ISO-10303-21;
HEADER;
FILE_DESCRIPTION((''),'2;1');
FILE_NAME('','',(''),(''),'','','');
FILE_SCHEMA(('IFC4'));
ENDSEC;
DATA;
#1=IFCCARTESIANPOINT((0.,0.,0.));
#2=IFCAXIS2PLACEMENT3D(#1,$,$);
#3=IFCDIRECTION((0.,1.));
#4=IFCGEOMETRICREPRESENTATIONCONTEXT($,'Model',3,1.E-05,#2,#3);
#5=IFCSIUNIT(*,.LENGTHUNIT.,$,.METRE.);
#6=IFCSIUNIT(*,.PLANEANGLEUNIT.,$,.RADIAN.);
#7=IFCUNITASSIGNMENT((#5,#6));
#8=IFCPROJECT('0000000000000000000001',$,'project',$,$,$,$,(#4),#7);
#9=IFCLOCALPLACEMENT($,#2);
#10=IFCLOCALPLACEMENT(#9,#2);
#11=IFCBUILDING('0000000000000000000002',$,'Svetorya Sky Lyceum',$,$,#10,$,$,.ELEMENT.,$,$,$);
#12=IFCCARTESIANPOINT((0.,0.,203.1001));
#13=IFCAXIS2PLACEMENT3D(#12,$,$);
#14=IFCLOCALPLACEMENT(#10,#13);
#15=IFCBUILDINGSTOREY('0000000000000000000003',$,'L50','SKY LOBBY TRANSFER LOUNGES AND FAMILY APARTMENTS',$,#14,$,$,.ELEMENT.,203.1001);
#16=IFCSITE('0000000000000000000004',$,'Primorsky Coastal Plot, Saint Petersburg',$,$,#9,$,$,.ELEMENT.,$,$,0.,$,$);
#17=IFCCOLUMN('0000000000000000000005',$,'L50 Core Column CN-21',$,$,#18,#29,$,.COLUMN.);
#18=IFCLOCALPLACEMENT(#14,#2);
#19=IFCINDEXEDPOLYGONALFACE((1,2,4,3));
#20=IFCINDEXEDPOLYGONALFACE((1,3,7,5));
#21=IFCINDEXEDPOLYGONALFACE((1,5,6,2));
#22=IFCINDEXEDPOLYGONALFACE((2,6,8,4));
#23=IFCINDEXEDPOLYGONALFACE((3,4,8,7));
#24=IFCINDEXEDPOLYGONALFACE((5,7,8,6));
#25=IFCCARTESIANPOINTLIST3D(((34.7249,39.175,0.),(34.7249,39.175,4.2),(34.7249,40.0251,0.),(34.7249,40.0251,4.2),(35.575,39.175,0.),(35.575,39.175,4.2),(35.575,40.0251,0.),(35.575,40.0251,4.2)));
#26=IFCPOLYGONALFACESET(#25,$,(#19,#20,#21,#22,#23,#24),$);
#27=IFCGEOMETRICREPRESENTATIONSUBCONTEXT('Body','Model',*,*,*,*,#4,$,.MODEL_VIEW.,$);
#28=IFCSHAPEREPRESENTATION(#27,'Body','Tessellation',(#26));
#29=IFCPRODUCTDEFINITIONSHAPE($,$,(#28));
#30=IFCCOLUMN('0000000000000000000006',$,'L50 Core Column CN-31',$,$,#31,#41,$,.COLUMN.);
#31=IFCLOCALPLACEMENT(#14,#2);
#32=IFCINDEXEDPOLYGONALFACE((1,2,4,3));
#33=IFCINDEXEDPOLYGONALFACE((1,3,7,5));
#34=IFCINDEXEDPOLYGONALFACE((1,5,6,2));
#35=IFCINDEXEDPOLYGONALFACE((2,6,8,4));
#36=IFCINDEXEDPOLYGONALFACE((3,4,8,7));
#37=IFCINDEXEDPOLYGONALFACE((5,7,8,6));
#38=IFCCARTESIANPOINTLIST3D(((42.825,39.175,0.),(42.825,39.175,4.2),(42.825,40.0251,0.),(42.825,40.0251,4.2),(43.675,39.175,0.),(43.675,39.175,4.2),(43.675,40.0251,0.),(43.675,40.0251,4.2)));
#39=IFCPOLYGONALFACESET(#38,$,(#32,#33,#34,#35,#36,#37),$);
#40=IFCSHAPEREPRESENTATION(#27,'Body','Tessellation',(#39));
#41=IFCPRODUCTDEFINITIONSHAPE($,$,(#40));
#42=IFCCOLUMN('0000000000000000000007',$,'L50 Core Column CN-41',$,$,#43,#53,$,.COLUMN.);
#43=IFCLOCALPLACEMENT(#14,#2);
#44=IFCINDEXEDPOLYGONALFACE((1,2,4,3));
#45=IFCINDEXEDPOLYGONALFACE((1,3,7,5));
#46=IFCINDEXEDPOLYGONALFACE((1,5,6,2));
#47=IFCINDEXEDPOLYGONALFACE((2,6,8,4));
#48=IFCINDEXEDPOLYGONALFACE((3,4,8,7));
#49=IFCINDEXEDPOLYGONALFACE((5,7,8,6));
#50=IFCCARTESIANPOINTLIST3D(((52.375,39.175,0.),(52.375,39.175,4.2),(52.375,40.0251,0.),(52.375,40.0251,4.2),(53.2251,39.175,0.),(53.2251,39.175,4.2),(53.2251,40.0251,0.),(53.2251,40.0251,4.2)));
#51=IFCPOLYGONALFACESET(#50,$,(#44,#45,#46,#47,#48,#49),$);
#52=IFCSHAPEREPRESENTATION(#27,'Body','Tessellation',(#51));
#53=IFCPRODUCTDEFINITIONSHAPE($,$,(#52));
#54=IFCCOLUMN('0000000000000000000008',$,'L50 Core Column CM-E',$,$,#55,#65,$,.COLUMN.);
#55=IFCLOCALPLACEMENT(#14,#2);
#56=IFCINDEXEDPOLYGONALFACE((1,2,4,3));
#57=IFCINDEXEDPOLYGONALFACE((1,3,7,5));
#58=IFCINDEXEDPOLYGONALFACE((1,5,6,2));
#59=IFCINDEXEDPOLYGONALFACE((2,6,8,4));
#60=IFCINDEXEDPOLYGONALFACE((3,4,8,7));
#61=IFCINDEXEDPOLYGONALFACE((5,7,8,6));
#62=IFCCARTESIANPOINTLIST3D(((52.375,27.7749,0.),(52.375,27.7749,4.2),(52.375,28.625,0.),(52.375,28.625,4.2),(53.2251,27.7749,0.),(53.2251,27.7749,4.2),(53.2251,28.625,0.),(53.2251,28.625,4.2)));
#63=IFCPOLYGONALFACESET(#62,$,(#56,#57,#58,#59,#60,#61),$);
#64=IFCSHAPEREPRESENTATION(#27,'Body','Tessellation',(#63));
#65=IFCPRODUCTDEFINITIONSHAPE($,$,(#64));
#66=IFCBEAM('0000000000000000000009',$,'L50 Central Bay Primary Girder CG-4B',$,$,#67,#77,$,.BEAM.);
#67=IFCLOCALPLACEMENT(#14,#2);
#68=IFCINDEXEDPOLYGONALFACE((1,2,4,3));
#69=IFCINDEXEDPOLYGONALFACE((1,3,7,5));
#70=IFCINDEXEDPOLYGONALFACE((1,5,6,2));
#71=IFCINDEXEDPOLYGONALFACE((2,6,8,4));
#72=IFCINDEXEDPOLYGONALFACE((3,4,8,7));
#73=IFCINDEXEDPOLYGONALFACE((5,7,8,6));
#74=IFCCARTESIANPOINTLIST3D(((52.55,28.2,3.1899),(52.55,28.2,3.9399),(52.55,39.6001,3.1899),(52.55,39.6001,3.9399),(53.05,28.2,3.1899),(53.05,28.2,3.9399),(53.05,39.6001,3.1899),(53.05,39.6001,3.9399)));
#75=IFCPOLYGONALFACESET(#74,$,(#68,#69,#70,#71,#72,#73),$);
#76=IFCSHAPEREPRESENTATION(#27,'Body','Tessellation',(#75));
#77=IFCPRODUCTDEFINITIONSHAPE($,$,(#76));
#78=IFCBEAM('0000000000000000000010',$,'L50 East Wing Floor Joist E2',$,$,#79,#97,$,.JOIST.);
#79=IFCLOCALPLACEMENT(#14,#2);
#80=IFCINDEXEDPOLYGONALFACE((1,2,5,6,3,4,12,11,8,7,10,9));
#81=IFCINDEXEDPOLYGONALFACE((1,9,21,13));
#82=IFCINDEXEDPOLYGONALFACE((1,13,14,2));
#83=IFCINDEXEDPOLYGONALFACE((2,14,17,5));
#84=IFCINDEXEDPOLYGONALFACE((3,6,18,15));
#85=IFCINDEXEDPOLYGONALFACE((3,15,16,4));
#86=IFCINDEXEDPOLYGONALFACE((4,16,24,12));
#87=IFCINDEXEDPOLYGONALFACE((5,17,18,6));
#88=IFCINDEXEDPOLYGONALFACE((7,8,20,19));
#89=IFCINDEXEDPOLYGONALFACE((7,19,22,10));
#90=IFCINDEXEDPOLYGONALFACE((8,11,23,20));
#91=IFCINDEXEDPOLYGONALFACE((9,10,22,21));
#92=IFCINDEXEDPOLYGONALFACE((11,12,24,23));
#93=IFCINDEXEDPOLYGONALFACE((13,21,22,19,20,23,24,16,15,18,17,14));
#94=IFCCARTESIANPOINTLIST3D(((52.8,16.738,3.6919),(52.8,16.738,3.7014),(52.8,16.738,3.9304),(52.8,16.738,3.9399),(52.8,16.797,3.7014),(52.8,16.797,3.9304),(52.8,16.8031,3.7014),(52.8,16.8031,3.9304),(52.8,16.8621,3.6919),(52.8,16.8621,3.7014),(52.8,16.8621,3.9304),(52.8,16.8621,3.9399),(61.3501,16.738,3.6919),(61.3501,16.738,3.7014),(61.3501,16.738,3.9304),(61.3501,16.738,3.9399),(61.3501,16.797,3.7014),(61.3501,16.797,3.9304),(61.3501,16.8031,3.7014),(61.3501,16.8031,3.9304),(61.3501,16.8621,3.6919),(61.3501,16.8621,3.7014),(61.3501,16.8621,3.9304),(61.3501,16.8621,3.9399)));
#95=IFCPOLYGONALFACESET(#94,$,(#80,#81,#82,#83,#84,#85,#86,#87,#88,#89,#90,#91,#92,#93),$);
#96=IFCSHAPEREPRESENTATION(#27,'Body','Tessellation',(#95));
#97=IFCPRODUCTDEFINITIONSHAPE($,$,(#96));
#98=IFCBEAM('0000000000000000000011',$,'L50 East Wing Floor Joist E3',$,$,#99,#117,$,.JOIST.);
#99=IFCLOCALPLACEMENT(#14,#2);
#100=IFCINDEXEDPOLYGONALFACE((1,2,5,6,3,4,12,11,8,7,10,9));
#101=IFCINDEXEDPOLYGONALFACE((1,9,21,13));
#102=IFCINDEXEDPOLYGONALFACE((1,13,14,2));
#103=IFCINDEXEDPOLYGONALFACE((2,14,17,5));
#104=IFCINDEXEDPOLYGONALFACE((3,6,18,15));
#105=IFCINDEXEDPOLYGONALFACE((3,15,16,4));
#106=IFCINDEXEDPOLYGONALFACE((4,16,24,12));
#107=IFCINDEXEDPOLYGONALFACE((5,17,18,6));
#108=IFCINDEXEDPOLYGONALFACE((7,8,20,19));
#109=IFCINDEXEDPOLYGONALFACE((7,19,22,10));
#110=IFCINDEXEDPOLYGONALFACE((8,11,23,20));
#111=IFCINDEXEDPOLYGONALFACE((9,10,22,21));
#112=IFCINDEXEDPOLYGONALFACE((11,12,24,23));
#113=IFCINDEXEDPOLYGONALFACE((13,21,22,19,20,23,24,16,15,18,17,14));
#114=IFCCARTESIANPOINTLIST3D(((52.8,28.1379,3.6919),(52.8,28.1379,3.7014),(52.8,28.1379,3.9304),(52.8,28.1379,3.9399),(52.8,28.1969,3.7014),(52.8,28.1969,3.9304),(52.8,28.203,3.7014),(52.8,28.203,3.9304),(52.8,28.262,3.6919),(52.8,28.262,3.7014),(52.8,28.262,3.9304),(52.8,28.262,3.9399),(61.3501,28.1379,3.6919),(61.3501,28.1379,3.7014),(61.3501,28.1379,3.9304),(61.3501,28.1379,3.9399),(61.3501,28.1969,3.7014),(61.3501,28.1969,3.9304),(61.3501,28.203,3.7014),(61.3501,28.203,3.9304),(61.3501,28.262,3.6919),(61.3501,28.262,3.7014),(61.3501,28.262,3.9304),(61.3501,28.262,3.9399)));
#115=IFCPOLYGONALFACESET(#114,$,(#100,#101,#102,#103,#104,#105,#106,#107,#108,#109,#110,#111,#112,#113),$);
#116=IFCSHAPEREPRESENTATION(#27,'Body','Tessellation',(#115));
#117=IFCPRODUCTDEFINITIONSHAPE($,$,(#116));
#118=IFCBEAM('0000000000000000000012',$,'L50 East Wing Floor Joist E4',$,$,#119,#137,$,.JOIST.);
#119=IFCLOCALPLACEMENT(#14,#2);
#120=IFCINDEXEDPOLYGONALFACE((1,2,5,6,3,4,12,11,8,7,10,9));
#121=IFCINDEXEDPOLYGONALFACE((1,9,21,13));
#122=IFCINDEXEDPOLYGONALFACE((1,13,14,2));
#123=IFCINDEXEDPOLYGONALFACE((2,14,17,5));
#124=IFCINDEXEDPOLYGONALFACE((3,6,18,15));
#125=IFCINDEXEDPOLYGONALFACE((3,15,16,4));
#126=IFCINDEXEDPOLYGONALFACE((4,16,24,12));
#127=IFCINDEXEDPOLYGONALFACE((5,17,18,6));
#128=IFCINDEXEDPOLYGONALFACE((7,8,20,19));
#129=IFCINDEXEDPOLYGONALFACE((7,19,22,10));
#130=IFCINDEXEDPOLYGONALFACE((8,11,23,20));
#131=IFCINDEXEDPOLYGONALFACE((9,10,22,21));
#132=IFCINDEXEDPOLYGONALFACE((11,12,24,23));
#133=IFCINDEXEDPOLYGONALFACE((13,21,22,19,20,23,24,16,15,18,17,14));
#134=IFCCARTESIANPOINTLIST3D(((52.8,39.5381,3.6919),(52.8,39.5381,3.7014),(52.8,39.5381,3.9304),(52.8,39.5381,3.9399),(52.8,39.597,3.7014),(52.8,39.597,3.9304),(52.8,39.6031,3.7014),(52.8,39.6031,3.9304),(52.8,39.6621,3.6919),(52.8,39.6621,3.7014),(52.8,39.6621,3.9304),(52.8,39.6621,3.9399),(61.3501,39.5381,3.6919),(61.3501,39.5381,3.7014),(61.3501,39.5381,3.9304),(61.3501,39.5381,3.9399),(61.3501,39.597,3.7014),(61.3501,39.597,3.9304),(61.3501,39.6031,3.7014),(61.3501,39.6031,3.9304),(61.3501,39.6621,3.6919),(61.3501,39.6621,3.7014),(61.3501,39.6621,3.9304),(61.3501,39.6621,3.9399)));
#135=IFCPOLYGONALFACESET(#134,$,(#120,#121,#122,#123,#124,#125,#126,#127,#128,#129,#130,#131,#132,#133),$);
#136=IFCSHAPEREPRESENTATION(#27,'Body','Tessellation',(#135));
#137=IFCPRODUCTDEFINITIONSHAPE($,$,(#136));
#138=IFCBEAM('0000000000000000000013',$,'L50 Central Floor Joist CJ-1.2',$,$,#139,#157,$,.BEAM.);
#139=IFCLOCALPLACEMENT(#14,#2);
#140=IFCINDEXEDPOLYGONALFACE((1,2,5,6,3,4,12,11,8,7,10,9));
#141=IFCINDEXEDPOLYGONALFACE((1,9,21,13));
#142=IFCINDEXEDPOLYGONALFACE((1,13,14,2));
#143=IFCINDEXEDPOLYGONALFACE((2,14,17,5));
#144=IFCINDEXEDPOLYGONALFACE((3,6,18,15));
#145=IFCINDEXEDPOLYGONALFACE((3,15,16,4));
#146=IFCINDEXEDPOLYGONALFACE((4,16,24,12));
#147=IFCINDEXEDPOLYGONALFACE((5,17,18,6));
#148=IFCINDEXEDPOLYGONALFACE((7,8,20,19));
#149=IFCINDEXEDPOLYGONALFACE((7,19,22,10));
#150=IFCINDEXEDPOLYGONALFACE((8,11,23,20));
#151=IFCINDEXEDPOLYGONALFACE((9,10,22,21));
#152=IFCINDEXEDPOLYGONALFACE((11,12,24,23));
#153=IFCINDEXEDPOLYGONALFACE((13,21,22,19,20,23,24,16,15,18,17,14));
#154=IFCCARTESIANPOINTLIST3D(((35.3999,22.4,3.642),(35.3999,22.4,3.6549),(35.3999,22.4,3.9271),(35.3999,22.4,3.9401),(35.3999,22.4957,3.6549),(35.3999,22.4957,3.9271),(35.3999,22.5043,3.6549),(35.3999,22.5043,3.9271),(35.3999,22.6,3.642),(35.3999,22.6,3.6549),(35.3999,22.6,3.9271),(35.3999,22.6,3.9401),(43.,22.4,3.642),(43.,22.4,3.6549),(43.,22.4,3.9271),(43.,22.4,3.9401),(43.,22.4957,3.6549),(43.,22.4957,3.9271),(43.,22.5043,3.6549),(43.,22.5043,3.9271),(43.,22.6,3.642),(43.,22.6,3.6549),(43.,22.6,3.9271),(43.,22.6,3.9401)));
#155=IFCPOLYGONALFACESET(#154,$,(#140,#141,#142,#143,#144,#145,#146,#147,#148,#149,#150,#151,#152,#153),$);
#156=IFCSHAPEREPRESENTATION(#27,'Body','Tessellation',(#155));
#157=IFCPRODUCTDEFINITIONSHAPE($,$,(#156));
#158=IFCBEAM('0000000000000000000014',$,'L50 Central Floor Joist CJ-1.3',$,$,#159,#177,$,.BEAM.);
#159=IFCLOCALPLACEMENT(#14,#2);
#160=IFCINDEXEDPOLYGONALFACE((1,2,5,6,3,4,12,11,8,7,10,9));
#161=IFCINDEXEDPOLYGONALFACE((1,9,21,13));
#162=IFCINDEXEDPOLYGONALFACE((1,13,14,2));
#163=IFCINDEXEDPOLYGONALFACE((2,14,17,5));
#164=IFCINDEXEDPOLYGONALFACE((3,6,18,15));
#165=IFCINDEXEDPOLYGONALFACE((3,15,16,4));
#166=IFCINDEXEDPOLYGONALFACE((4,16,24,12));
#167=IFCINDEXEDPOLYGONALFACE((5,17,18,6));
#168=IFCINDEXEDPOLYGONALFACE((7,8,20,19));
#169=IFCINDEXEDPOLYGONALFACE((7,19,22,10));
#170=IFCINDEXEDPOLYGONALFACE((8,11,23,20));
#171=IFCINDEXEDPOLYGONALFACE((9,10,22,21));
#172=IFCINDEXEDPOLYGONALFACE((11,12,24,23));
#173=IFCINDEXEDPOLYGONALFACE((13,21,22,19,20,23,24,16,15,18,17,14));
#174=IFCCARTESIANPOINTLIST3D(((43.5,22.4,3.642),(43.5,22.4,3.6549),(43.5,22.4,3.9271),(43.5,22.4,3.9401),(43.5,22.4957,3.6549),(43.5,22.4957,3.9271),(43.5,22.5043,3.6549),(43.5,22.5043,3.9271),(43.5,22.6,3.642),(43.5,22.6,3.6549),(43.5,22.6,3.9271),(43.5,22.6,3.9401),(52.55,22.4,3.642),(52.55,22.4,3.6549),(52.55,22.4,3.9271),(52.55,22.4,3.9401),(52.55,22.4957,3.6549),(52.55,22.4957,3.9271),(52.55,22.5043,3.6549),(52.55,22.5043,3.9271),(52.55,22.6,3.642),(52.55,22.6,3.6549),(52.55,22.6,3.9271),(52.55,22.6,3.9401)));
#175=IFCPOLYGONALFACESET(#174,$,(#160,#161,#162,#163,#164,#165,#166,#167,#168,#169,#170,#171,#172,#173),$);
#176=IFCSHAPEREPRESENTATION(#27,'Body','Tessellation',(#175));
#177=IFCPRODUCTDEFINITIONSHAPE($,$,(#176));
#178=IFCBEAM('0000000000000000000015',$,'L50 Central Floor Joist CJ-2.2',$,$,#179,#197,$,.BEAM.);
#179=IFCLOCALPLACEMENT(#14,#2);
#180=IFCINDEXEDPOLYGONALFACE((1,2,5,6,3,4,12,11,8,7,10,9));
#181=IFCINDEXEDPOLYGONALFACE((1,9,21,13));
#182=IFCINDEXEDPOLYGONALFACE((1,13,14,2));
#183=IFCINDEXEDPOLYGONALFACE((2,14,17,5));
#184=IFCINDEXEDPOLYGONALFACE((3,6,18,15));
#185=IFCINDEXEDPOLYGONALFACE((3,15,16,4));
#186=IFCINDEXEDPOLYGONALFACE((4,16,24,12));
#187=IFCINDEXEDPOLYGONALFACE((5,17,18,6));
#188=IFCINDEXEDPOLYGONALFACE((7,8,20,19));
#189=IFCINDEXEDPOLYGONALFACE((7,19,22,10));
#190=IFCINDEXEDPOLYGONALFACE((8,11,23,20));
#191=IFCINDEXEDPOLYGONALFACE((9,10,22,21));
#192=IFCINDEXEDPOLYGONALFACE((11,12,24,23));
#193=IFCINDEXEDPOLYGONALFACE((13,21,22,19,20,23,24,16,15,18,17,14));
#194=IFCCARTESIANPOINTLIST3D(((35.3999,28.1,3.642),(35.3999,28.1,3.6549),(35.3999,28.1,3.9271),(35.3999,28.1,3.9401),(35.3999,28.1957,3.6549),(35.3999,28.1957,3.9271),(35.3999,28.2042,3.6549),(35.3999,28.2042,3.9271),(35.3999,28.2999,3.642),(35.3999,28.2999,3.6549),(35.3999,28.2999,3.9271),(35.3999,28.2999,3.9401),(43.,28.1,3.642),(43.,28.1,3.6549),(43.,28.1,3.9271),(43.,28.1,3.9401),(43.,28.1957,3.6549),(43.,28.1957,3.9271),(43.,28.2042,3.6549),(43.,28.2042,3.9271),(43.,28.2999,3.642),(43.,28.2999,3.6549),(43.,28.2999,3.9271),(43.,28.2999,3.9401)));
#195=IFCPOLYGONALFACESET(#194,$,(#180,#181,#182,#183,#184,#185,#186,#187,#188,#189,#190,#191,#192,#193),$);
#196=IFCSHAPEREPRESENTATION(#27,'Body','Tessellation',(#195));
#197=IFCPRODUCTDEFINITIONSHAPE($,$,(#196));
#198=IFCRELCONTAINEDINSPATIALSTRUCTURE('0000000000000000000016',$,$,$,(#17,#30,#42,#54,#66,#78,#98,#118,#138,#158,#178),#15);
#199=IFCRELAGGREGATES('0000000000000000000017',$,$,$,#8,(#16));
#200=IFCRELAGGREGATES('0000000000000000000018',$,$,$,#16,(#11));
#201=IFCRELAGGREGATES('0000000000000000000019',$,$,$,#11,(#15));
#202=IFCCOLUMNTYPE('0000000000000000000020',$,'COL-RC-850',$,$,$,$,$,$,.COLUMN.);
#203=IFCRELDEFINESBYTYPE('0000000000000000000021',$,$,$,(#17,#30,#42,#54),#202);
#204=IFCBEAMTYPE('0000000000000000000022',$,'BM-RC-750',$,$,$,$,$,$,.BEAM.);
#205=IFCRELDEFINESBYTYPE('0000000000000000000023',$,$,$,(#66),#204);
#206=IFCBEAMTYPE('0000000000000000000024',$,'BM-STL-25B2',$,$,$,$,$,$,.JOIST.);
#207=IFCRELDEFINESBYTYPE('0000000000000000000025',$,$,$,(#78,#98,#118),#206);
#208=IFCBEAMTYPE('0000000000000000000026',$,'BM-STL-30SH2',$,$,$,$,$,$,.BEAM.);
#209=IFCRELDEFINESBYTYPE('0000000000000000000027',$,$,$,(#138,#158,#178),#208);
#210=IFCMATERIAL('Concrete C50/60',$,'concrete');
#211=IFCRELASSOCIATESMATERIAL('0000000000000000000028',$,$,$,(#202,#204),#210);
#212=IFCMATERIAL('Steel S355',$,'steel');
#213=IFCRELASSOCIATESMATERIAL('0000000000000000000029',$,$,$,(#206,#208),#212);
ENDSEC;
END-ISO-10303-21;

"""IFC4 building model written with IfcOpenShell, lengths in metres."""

from ifc_helpers import new_model, si_unit, direction, frame, origin, origin_2d, place, context, subcontext, project, spatial, rectangle, i_section, extrude, material, material_profile, profile_set, type_object, element, save


model = new_model("IFC4")

# Units and contexts
model_context = context("Model", 3, precision=1e-05, world=origin(), true_north=direction((0.0, 1.0)))
body_context = subcontext(model_context, "Body", "Model", "MODEL_VIEW")
ifc_project = project(units=[si_unit("LENGTHUNIT", "METRE"), si_unit("PLANEANGLEUNIT", "RADIAN")], contexts=[model_context])

# Site, building, storey
site_placement = place(None, origin())
site = spatial("IfcSite", under=ifc_project, at=site_placement, Name="Primorsky Coastal Plot, Saint Petersburg", CompositionType="ELEMENT", RefElevation=0.0)
building_placement = place(site_placement, origin())
building = spatial("IfcBuilding", under=site, at=building_placement, Name="Svetorya Sky Lyceum", CompositionType="ELEMENT")
storey_placement = place(building_placement, frame((0.0, 0.0, 203.1001)))
storey = spatial("IfcBuildingStorey", under=building, at=storey_placement, Name="L50", Description="SKY LOBBY TRANSFER LOUNGES AND FAMILY APARTMENTS", CompositionType="ELEMENT", Elevation=203.1001)

# Columns
ifc_material_1 = material(Name="Concrete C50/60", Category="concrete")
ifc_material_profile_1 = material_profile(ifc_material_1, rectangle(XDim=0.8501, YDim=0.8501, at=origin_2d()), Name="RC COL 850x850")
ifc_profile_set_1 = profile_set([ifc_material_profile_1], Name="Concrete C50/60")
column_type = type_object("IfcColumnType", Name="COL-RC-850", PredefinedType="COLUMN", material=ifc_profile_set_1)
for number, where, z_axis, x_axis, name in (
    (1, (35.1499, 39.6001, 0.0), (0.0, 0.0, 1.0), (1.0, 0.0, 0.0), "L50 Core Column CN-21"),
    (2, (43.25, 39.6001, 0.0), (0.0, 0.0, 1.0), (1.0, 0.0, 0.0), "L50 Core Column CN-31"),
    (3, (52.8, 39.6001, 0.0), (0.0, 0.0, 1.0), (1.0, 0.0, 0.0), "L50 Core Column CN-41"),
    (4, (52.8, 28.2, 0.0), (0.0, 0.0, 1.0), (1.0, 0.0, 0.0), "L50 Core Column CM-E"),
):
    element("IfcColumn", number, at=place(storey_placement, frame(where, z_axis=z_axis, x_axis=x_axis)), inside=storey, type_object=column_type, Name=name, PredefinedType="COLUMN", context=body_context, shape_type="SweptSolid", body=[
        extrude(rectangle(XDim=0.8501, YDim=0.8501, at=origin_2d()), origin(), (0.0, 0.0, 1.0), 4.2),
    ])

# Beams
ifc_material_profile_2 = material_profile(ifc_material_1, rectangle(XDim=0.5, YDim=0.75, at=origin_2d()), Name="RC BEAM 500x750")
ifc_profile_set_2 = profile_set([ifc_material_profile_2], Name="Concrete C50/60")
beam_type_1 = type_object("IfcBeamType", Name="BM-RC-750", PredefinedType="BEAM", material=ifc_profile_set_2)
beam_1_placement = place(storey_placement, frame((52.8, 28.2, 3.5649), z_axis=(0.0, 1.0, 0.0), x_axis=(-1.0, 0.0, 0.0)))
element("IfcBeam", 5, at=beam_1_placement, inside=storey, type_object=beam_type_1, Name="L50 Central Bay Primary Girder CG-4B", PredefinedType="BEAM", context=body_context, shape_type="SweptSolid", body=[
    extrude(rectangle(XDim=0.5, YDim=0.75, at=origin_2d()), origin(), (0.0, 0.0, 1.0), 11.4001),
])
ifc_material_2 = material(Name="Steel S355", Category="steel")
ifc_material_profile_3 = material_profile(ifc_material_2, i_section(OverallWidth=0.124, OverallDepth=0.248, WebThickness=0.0061, FlangeThickness=0.0095, at=origin_2d()), Name="GOST 25B2")
ifc_profile_set_3 = profile_set([ifc_material_profile_3], Name="Steel S355")
beam_type_2 = type_object("IfcBeamType", Name="BM-STL-25B2", PredefinedType="JOIST", material=ifc_profile_set_3)
for number, where, z_axis, x_axis, name in (
    (6, (52.8, 16.8, 3.8159), (1.0, 0.0, 0.0), (0.0, 1.0, 0.0), "L50 East Wing Floor Joist E2"),
    (7, (52.8, 28.2, 3.8159), (1.0, 0.0, 0.0), (0.0, 1.0, 0.0), "L50 East Wing Floor Joist E3"),
    (8, (52.8, 39.6001, 3.8159), (1.0, 0.0, 0.0), (0.0, 1.0, 0.0), "L50 East Wing Floor Joist E4"),
):
    element("IfcBeam", number, at=place(storey_placement, frame(where, z_axis=z_axis, x_axis=x_axis)), inside=storey, type_object=beam_type_2, Name=name, PredefinedType="JOIST", context=body_context, shape_type="SweptSolid", body=[
        extrude(i_section(OverallWidth=0.124, OverallDepth=0.248, WebThickness=0.0061, FlangeThickness=0.0095, at=origin_2d()), origin(), (0.0, 0.0, 1.0), 8.55),
    ])
ifc_material_profile_4 = material_profile(ifc_material_2, i_section(OverallWidth=0.2, OverallDepth=0.2981, WebThickness=0.0085, FlangeThickness=0.0129, at=origin_2d()), Name="GOST 30Sh2")
ifc_profile_set_4 = profile_set([ifc_material_profile_4], Name="Steel S355")
beam_type_3 = type_object("IfcBeamType", Name="BM-STL-30SH2", PredefinedType="BEAM", material=ifc_profile_set_4)
beam_2_placement = place(storey_placement, frame((35.3999, 22.5, 3.791), z_axis=(1.0, 0.0, 0.0), x_axis=(0.0, 1.0, 0.0)))
element("IfcBeam", 9, at=beam_2_placement, inside=storey, type_object=beam_type_3, Name="L50 Central Floor Joist CJ-1.2", PredefinedType="BEAM", context=body_context, shape_type="SweptSolid", body=[
    extrude(i_section(OverallWidth=0.2, OverallDepth=0.2981, WebThickness=0.0085, FlangeThickness=0.0129, at=origin_2d()), origin(), (0.0, 0.0, 1.0), 7.6001),
])
beam_3_placement = place(storey_placement, frame((43.5, 22.5, 3.791), z_axis=(1.0, 0.0, 0.0), x_axis=(0.0, 1.0, 0.0)))
element("IfcBeam", 10, at=beam_3_placement, inside=storey, type_object=beam_type_3, Name="L50 Central Floor Joist CJ-1.3", PredefinedType="BEAM", context=body_context, shape_type="SweptSolid", body=[
    extrude(i_section(OverallWidth=0.2, OverallDepth=0.2981, WebThickness=0.0085, FlangeThickness=0.0129, at=origin_2d()), origin(), (0.0, 0.0, 1.0), 9.05),
])
beam_4_placement = place(storey_placement, frame((35.3999, 28.2, 3.791), z_axis=(1.0, 0.0, 0.0), x_axis=(0.0, 1.0, 0.0)))
element("IfcBeam", 11, at=beam_4_placement, inside=storey, type_object=beam_type_3, Name="L50 Central Floor Joist CJ-2.2", PredefinedType="BEAM", context=body_context, shape_type="SweptSolid", body=[
    extrude(i_section(OverallWidth=0.2, OverallDepth=0.2981, WebThickness=0.0085, FlangeThickness=0.0129, at=origin_2d()), origin(), (0.0, 0.0, 1.0), 7.6001),
])

save(model, "model.ifc")
